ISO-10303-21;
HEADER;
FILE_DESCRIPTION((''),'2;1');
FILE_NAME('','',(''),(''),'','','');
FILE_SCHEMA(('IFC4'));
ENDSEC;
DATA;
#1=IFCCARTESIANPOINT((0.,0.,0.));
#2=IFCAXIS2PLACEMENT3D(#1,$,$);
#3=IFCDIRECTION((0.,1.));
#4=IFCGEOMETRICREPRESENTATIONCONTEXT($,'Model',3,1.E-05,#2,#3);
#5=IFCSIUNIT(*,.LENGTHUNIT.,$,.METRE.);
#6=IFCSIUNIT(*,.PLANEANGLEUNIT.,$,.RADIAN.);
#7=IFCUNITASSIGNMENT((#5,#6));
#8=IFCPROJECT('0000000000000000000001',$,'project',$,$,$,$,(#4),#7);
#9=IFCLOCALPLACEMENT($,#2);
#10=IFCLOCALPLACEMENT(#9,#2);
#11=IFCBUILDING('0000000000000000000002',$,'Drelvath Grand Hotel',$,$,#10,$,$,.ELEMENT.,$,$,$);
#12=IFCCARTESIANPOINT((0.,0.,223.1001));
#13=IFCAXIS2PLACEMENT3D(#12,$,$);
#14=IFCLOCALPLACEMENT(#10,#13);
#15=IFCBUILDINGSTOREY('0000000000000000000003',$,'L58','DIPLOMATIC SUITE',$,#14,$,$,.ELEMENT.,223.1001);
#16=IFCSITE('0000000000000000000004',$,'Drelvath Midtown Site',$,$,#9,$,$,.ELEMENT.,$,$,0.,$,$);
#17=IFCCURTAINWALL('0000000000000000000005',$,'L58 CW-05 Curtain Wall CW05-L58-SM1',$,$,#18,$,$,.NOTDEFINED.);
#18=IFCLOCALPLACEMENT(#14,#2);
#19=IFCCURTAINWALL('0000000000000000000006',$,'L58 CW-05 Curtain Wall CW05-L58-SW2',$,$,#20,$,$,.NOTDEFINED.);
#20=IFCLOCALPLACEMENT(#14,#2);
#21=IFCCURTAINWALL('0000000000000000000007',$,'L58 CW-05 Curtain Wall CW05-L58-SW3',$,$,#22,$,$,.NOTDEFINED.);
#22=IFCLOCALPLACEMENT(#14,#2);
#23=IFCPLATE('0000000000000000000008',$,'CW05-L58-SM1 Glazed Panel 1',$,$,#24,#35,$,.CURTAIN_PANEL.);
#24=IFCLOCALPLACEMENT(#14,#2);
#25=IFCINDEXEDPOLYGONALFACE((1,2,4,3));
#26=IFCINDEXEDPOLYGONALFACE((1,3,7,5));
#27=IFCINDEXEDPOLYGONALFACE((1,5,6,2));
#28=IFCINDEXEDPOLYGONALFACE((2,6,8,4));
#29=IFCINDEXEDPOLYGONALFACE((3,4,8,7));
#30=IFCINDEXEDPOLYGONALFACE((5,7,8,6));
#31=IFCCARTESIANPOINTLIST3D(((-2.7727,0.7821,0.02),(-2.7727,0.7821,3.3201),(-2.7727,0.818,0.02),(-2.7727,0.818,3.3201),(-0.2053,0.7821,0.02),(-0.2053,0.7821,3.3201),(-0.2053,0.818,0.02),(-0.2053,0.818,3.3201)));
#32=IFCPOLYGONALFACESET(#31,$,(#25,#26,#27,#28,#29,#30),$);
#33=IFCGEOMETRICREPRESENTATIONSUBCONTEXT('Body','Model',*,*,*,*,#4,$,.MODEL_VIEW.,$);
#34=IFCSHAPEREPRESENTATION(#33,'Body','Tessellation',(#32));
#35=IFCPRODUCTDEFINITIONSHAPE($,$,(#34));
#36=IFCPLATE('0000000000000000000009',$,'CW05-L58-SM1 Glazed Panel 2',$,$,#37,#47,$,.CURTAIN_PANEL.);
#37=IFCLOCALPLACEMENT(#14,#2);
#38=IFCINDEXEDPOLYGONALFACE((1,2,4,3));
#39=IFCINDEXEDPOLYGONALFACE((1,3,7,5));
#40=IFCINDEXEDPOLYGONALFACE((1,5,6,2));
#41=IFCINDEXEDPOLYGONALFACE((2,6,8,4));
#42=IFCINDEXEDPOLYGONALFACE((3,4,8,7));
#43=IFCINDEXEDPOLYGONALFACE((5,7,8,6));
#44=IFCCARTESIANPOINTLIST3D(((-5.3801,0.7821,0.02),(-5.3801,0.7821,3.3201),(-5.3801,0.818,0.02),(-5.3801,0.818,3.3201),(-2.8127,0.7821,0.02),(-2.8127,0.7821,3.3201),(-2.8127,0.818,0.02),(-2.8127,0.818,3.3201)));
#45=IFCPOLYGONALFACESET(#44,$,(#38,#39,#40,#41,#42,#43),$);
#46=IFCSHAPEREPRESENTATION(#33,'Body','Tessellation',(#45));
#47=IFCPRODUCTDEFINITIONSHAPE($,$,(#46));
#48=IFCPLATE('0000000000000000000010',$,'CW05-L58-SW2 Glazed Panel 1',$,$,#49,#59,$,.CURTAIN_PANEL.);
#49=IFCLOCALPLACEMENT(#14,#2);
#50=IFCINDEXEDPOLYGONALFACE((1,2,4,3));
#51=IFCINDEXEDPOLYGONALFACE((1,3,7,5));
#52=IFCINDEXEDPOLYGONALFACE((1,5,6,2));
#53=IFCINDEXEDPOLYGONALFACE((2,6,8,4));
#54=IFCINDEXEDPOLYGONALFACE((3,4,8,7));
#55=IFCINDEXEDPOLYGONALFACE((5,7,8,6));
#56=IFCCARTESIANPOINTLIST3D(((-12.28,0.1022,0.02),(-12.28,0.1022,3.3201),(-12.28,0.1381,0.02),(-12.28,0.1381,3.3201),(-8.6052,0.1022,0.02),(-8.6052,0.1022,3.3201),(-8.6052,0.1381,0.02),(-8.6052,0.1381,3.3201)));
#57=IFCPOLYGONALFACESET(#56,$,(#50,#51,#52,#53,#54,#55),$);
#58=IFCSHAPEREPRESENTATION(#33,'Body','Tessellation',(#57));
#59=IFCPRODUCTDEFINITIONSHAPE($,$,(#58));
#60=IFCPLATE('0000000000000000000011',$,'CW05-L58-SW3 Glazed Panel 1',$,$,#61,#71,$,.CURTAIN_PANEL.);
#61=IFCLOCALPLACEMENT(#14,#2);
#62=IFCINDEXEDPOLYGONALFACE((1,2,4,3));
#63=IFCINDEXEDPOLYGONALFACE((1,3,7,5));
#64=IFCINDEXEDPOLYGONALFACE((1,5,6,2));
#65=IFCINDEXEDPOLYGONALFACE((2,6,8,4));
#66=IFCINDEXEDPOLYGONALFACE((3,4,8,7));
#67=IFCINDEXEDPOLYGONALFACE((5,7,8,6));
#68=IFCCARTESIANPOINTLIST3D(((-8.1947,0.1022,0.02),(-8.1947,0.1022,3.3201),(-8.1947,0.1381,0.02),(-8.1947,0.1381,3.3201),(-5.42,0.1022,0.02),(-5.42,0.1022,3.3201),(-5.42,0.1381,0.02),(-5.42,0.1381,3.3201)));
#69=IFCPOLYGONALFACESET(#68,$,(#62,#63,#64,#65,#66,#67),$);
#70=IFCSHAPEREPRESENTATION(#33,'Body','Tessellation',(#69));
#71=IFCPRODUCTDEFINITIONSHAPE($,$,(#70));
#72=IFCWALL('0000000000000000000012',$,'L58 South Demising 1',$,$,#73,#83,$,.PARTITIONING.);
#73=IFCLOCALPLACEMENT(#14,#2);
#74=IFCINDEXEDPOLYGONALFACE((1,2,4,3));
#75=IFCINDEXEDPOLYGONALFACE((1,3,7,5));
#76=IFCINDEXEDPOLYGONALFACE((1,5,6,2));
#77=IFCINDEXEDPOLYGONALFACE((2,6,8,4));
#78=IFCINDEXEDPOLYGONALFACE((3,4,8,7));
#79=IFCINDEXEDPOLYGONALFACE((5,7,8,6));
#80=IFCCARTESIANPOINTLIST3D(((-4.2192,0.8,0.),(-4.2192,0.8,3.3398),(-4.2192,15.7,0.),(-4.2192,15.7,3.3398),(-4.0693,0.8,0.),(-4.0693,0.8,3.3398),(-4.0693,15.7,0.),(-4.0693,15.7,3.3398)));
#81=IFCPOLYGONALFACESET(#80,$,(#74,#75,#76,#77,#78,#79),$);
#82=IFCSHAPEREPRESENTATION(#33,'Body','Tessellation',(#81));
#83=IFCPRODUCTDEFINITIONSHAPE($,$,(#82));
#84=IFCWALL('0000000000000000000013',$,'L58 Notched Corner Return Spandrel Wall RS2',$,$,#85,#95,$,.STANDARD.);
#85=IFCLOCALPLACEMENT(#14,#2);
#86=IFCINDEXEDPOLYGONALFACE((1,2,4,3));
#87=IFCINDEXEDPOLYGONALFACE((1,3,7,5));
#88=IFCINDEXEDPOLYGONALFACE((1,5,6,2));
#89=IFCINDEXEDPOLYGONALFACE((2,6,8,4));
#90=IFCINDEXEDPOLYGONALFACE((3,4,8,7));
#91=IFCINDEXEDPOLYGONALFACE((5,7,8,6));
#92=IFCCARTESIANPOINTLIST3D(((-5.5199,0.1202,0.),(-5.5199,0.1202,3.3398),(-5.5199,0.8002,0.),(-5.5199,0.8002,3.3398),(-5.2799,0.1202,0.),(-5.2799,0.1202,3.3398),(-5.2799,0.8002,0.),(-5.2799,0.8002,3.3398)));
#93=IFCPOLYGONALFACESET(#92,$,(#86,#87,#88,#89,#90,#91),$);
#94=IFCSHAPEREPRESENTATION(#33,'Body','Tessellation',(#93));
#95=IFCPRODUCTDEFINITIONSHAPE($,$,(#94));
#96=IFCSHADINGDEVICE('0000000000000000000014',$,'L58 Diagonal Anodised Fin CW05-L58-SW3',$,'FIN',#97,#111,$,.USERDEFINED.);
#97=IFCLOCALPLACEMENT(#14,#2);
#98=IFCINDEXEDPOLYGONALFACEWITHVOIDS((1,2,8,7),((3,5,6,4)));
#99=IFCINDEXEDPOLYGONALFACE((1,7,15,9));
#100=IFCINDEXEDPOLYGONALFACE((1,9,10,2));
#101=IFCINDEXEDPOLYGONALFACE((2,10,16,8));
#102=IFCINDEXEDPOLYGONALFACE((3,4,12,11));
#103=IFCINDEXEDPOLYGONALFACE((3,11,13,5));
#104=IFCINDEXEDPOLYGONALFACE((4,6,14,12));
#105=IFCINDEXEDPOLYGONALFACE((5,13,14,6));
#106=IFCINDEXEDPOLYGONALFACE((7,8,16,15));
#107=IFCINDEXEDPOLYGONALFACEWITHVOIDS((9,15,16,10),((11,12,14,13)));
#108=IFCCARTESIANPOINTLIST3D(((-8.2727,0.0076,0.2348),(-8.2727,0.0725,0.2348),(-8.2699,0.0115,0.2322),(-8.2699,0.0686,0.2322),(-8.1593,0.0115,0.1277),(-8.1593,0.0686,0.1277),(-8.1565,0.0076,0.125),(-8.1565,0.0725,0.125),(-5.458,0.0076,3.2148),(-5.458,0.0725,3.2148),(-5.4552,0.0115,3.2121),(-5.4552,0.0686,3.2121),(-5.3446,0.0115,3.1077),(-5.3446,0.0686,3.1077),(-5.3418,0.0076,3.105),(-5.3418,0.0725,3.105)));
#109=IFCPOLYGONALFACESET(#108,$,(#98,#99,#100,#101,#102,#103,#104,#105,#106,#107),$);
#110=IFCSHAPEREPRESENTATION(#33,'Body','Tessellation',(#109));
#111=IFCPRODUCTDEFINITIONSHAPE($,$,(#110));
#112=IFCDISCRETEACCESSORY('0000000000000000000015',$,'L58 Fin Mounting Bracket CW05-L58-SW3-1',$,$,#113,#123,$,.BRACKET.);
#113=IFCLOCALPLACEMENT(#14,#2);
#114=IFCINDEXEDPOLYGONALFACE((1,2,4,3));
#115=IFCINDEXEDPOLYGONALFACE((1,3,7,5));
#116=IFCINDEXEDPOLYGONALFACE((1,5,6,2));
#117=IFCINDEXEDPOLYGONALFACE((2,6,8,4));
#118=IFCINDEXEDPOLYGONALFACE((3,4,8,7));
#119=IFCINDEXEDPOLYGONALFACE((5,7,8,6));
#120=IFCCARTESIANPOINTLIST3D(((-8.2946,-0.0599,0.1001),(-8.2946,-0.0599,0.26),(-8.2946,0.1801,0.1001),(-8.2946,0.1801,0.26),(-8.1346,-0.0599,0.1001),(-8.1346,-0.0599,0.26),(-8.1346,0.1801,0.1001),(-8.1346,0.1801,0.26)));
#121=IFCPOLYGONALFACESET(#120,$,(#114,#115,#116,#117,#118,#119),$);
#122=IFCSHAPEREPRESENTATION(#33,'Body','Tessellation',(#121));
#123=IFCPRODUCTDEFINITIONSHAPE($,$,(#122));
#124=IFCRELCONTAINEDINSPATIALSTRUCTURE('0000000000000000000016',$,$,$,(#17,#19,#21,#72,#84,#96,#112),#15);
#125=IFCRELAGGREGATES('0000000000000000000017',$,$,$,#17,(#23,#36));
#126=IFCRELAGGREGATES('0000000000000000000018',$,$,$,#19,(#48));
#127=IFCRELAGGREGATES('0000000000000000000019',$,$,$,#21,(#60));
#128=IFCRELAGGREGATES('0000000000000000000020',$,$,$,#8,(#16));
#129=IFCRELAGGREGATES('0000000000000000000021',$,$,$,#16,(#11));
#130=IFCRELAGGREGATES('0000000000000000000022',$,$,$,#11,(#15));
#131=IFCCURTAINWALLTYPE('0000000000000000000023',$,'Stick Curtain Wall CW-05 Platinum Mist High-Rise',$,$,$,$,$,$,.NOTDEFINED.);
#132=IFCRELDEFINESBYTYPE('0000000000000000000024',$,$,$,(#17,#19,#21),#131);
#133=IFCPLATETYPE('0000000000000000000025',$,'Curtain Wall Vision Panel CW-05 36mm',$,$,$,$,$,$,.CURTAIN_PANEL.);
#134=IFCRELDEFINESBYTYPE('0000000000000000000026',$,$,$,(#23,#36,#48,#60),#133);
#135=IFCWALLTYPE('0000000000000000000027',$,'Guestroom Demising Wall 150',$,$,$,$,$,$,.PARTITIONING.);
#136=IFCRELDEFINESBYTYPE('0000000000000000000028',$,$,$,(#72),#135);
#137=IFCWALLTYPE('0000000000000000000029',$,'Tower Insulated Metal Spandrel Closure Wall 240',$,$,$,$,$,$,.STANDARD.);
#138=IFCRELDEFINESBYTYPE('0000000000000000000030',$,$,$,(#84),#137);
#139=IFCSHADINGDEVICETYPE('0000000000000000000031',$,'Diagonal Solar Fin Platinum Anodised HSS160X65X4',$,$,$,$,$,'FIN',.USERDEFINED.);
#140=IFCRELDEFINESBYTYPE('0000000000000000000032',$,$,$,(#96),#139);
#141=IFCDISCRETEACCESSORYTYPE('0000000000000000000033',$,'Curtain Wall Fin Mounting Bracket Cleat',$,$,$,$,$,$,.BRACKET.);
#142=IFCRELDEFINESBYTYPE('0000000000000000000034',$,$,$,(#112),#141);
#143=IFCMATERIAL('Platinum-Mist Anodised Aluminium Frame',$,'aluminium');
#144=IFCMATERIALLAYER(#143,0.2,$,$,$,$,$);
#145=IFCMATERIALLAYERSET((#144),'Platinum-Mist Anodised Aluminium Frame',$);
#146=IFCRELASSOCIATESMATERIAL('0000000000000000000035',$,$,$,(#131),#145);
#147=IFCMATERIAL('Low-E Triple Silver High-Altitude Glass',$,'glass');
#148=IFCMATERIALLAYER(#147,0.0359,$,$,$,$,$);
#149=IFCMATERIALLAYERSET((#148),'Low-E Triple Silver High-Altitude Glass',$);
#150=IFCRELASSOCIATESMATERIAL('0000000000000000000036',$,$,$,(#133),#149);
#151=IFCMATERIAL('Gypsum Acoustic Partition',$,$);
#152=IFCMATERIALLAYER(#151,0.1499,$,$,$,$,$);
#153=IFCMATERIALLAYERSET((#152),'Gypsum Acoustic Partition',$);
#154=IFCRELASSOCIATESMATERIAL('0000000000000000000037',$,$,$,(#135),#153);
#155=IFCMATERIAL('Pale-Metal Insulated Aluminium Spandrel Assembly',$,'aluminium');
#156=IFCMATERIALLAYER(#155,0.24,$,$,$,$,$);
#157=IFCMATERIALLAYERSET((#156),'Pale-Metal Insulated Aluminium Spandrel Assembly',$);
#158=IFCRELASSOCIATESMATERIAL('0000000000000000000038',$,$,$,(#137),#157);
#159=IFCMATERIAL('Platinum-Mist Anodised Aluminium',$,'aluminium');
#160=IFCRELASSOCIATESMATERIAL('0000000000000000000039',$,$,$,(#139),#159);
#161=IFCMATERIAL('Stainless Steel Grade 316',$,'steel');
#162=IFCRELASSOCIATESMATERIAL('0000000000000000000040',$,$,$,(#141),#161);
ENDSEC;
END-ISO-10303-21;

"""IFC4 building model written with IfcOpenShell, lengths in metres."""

from ifc_helpers import new_model, si_unit, direction, frame, frame_2d, origin, origin_2d, place, context, subcontext, project, spatial, rectangle, hollow_rectangle, extrude, material, layer, layer_set, material_profile, profile_set, type_object, element, aggregate, save


model = new_model("IFC4")

# Units and contexts
model_context = context("Model", 3, precision=1e-05, world=origin(), true_north=direction((0.0, 1.0)))
body_context = subcontext(model_context, "Body", "Model", "MODEL_VIEW")
ifc_project = project(units=[si_unit("LENGTHUNIT", "METRE"), si_unit("PLANEANGLEUNIT", "RADIAN")], contexts=[model_context])

# Site, building, storey
site_placement = place(None, origin())
site = spatial("IfcSite", under=ifc_project, at=site_placement, Name="Drelvath Midtown Site", CompositionType="ELEMENT", RefElevation=0.0)
building_placement = place(site_placement, origin())
building = spatial("IfcBuilding", under=site, at=building_placement, Name="Drelvath Grand Hotel", CompositionType="ELEMENT")
storey_placement = place(building_placement, frame((0.0, 0.0, 223.1001)))
storey = spatial("IfcBuildingStorey", under=building, at=storey_placement, Name="L58", Description="DIPLOMATIC SUITE", CompositionType="ELEMENT", Elevation=223.1001)

# Curtain walls
ifc_material_1 = material(Name="Platinum-Mist Anodised Aluminium Frame", Category="aluminium")
ifc_layer_1 = layer(ifc_material_1, 0.2)
ifc_layer_set_1 = layer_set([ifc_layer_1], Name="Platinum-Mist Anodised Aluminium Frame")
curtain_wall_type = type_object("IfcCurtainWallType", Name="Stick Curtain Wall CW-05 Platinum Mist High-Rise", PredefinedType="NOTDEFINED", material=ifc_layer_set_1)
curtain_wall_1_placement = place(storey_placement, origin())
curtain_wall_1 = element("IfcCurtainWall", 1, at=curtain_wall_1_placement, inside=storey, type_object=curtain_wall_type, Name="L58 CW-05 Curtain Wall CW05-L58-SM1", PredefinedType="NOTDEFINED")
curtain_wall_2_placement = place(storey_placement, origin())
curtain_wall_2 = element("IfcCurtainWall", 2, at=curtain_wall_2_placement, inside=storey, type_object=curtain_wall_type, Name="L58 CW-05 Curtain Wall CW05-L58-SW2", PredefinedType="NOTDEFINED")
curtain_wall_3_placement = place(storey_placement, origin())
curtain_wall_3 = element("IfcCurtainWall", 3, at=curtain_wall_3_placement, inside=storey, type_object=curtain_wall_type, Name="L58 CW-05 Curtain Wall CW05-L58-SW3", PredefinedType="NOTDEFINED")

# Plates
ifc_material_2 = material(Name="Low-E Triple Silver High-Altitude Glass", Category="glass")
ifc_layer_2 = layer(ifc_material_2, 0.0359)
ifc_layer_set_2 = layer_set([ifc_layer_2], Name="Low-E Triple Silver High-Altitude Glass")
plate_type = type_object("IfcPlateType", Name="Curtain Wall Vision Panel CW-05 36mm", PredefinedType="CURTAIN_PANEL", material=ifc_layer_set_2)
plate_1_placement = place(storey_placement, frame((-1.489, 0.8, 0.02), z_axis=(0.0, 0.0, 1.0), x_axis=(-1.0, 0.0, 0.0)))
plate_1 = element("IfcPlate", 4, at=plate_1_placement, type_object=plate_type, Name="CW05-L58-SM1 Glazed Panel 1", PredefinedType="CURTAIN_PANEL", context=body_context, shape_type="SweptSolid", body=[
    extrude(rectangle(XDim=2.5674, YDim=0.0359, at=origin_2d()), origin(), (0.0, 0.0, 1.0), 3.3),
])
plate_2_placement = place(storey_placement, frame((-4.0964, 0.8, 0.02), z_axis=(0.0, 0.0, 1.0), x_axis=(-1.0, 0.0, 0.0)))
plate_2 = element("IfcPlate", 5, at=plate_2_placement, type_object=plate_type, Name="CW05-L58-SM1 Glazed Panel 2", PredefinedType="CURTAIN_PANEL", context=body_context, shape_type="SweptSolid", body=[
    extrude(rectangle(XDim=2.5674, YDim=0.0359, at=origin_2d()), origin(), (0.0, 0.0, 1.0), 3.3),
])
aggregate(curtain_wall_1, [plate_1, plate_2])
plate_3_placement = place(storey_placement, frame((-10.4426, 0.1201, 0.02), z_axis=(0.0, 0.0, 1.0), x_axis=(-1.0, 0.0, 0.0)))
plate_3 = element("IfcPlate", 6, at=plate_3_placement, type_object=plate_type, Name="CW05-L58-SW2 Glazed Panel 1", PredefinedType="CURTAIN_PANEL", context=body_context, shape_type="SweptSolid", body=[
    extrude(rectangle(XDim=3.6748, YDim=0.0359, at=origin_2d()), origin(), (0.0, 0.0, 1.0), 3.3),
])
aggregate(curtain_wall_2, [plate_3])
plate_4_placement = place(storey_placement, frame((-6.8074, 0.1201, 0.02), z_axis=(0.0, 0.0, 1.0), x_axis=(-1.0, 0.0, 0.0)))
plate_4 = element("IfcPlate", 7, at=plate_4_placement, type_object=plate_type, Name="CW05-L58-SW3 Glazed Panel 1", PredefinedType="CURTAIN_PANEL", context=body_context, shape_type="SweptSolid", body=[
    extrude(rectangle(XDim=2.7747, YDim=0.0359, at=origin_2d()), origin(), (0.0, 0.0, 1.0), 3.3),
])
aggregate(curtain_wall_3, [plate_4])

# Walls
ifc_material_3 = material(Name="Gypsum Acoustic Partition")
ifc_layer_3 = layer(ifc_material_3, 0.1499)
ifc_layer_set_3 = layer_set([ifc_layer_3], Name="Gypsum Acoustic Partition")
wall_type_1 = type_object("IfcWallType", Name="Guestroom Demising Wall 150", PredefinedType="PARTITIONING", material=ifc_layer_set_3)
wall_1_placement = place(storey_placement, frame((-4.1443, 0.8, 0.0), z_axis=(0.0, 0.0, 1.0), x_axis=(0.0, 1.0, 0.0)))
element("IfcWall", 8, at=wall_1_placement, inside=storey, type_object=wall_type_1, Name="L58 South Demising 1", PredefinedType="PARTITIONING", context=body_context, shape_type="SweptSolid", body=[
    extrude(rectangle(XDim=14.8999, YDim=0.1499, at=frame_2d((7.45, 0.0))), origin(), (0.0, 0.0, 1.0), 3.3398),
])
ifc_material_4 = material(Name="Pale-Metal Insulated Aluminium Spandrel Assembly", Category="aluminium")
ifc_layer_4 = layer(ifc_material_4, 0.24)
ifc_layer_set_4 = layer_set([ifc_layer_4], Name="Pale-Metal Insulated Aluminium Spandrel Assembly")
wall_type_2 = type_object("IfcWallType", Name="Tower Insulated Metal Spandrel Closure Wall 240", PredefinedType="STANDARD", material=ifc_layer_set_4)
wall_2_placement = place(storey_placement, frame((-5.3999, 0.8, 0.0), z_axis=(0.0, 0.0, 1.0), x_axis=(0.0, -1.0, 0.0)))
element("IfcWall", 9, at=wall_2_placement, inside=storey, type_object=wall_type_2, Name="L58 Notched Corner Return Spandrel Wall RS2", PredefinedType="STANDARD", context=body_context, shape_type="SweptSolid", body=[
    extrude(rectangle(XDim=0.6799, YDim=0.24, at=frame_2d((0.3398, 0.0))), origin(), (0.0, 0.0, 1.0), 3.3398),
])

# Shading device
ifc_material_5 = material(Name="Platinum-Mist Anodised Aluminium", Category="aluminium")
ifc_material_profile_1 = material_profile(ifc_material_5, hollow_rectangle(XDim=0.0649, YDim=0.1599, WallThickness=0.0039, at=origin_2d()), Name="HSS160X65X4")
ifc_profile_set_1 = profile_set([ifc_material_profile_1], Name="Platinum-Mist Anodised Aluminium")
shading_device_type = type_object("IfcShadingDeviceType", Name="Diagonal Solar Fin Platinum Anodised HSS160X65X4", ElementType="FIN", PredefinedType="USERDEFINED", material=ifc_profile_set_1)
shading_device_placement = place(storey_placement, frame((-8.2146, 0.04, 0.1799), z_axis=(0.686659, 0.0, 0.72698), x_axis=(0.0, 1.0, 0.0)))
element("IfcShadingDevice", 10, at=shading_device_placement, inside=storey, type_object=shading_device_type, Name="L58 Diagonal Anodised Fin CW05-L58-SW3", ObjectType="FIN", PredefinedType="USERDEFINED", context=body_context, shape_type="SweptSolid", body=[
    extrude(hollow_rectangle(XDim=0.0649, YDim=0.1599, WallThickness=0.0039, at=origin_2d()), origin(), (0.0, 0.0, 1.0), 4.0991),
])

# Discrete accessory
ifc_material_6 = material(Name="Stainless Steel Grade 316", Category="steel")
discrete_accessory_type = type_object("IfcDiscreteAccessoryType", Name="Curtain Wall Fin Mounting Bracket Cleat", PredefinedType="BRACKET", material=ifc_material_6)
discrete_accessory_placement = place(storey_placement, frame((-8.2146, 0.0601, 0.1001), z_axis=(0.0, 0.0, 1.0), x_axis=(-1.0, 0.0, 0.0)))
element("IfcDiscreteAccessory", 11, at=discrete_accessory_placement, inside=storey, type_object=discrete_accessory_type, Name="L58 Fin Mounting Bracket CW05-L58-SW3-1", PredefinedType="BRACKET", context=body_context, shape_type="SweptSolid", body=[
    extrude(rectangle(XDim=0.1599, YDim=0.24, at=origin_2d()), origin(), (0.0, 0.0, 1.0), 0.1599),
])

save(model, "model.ifc")
